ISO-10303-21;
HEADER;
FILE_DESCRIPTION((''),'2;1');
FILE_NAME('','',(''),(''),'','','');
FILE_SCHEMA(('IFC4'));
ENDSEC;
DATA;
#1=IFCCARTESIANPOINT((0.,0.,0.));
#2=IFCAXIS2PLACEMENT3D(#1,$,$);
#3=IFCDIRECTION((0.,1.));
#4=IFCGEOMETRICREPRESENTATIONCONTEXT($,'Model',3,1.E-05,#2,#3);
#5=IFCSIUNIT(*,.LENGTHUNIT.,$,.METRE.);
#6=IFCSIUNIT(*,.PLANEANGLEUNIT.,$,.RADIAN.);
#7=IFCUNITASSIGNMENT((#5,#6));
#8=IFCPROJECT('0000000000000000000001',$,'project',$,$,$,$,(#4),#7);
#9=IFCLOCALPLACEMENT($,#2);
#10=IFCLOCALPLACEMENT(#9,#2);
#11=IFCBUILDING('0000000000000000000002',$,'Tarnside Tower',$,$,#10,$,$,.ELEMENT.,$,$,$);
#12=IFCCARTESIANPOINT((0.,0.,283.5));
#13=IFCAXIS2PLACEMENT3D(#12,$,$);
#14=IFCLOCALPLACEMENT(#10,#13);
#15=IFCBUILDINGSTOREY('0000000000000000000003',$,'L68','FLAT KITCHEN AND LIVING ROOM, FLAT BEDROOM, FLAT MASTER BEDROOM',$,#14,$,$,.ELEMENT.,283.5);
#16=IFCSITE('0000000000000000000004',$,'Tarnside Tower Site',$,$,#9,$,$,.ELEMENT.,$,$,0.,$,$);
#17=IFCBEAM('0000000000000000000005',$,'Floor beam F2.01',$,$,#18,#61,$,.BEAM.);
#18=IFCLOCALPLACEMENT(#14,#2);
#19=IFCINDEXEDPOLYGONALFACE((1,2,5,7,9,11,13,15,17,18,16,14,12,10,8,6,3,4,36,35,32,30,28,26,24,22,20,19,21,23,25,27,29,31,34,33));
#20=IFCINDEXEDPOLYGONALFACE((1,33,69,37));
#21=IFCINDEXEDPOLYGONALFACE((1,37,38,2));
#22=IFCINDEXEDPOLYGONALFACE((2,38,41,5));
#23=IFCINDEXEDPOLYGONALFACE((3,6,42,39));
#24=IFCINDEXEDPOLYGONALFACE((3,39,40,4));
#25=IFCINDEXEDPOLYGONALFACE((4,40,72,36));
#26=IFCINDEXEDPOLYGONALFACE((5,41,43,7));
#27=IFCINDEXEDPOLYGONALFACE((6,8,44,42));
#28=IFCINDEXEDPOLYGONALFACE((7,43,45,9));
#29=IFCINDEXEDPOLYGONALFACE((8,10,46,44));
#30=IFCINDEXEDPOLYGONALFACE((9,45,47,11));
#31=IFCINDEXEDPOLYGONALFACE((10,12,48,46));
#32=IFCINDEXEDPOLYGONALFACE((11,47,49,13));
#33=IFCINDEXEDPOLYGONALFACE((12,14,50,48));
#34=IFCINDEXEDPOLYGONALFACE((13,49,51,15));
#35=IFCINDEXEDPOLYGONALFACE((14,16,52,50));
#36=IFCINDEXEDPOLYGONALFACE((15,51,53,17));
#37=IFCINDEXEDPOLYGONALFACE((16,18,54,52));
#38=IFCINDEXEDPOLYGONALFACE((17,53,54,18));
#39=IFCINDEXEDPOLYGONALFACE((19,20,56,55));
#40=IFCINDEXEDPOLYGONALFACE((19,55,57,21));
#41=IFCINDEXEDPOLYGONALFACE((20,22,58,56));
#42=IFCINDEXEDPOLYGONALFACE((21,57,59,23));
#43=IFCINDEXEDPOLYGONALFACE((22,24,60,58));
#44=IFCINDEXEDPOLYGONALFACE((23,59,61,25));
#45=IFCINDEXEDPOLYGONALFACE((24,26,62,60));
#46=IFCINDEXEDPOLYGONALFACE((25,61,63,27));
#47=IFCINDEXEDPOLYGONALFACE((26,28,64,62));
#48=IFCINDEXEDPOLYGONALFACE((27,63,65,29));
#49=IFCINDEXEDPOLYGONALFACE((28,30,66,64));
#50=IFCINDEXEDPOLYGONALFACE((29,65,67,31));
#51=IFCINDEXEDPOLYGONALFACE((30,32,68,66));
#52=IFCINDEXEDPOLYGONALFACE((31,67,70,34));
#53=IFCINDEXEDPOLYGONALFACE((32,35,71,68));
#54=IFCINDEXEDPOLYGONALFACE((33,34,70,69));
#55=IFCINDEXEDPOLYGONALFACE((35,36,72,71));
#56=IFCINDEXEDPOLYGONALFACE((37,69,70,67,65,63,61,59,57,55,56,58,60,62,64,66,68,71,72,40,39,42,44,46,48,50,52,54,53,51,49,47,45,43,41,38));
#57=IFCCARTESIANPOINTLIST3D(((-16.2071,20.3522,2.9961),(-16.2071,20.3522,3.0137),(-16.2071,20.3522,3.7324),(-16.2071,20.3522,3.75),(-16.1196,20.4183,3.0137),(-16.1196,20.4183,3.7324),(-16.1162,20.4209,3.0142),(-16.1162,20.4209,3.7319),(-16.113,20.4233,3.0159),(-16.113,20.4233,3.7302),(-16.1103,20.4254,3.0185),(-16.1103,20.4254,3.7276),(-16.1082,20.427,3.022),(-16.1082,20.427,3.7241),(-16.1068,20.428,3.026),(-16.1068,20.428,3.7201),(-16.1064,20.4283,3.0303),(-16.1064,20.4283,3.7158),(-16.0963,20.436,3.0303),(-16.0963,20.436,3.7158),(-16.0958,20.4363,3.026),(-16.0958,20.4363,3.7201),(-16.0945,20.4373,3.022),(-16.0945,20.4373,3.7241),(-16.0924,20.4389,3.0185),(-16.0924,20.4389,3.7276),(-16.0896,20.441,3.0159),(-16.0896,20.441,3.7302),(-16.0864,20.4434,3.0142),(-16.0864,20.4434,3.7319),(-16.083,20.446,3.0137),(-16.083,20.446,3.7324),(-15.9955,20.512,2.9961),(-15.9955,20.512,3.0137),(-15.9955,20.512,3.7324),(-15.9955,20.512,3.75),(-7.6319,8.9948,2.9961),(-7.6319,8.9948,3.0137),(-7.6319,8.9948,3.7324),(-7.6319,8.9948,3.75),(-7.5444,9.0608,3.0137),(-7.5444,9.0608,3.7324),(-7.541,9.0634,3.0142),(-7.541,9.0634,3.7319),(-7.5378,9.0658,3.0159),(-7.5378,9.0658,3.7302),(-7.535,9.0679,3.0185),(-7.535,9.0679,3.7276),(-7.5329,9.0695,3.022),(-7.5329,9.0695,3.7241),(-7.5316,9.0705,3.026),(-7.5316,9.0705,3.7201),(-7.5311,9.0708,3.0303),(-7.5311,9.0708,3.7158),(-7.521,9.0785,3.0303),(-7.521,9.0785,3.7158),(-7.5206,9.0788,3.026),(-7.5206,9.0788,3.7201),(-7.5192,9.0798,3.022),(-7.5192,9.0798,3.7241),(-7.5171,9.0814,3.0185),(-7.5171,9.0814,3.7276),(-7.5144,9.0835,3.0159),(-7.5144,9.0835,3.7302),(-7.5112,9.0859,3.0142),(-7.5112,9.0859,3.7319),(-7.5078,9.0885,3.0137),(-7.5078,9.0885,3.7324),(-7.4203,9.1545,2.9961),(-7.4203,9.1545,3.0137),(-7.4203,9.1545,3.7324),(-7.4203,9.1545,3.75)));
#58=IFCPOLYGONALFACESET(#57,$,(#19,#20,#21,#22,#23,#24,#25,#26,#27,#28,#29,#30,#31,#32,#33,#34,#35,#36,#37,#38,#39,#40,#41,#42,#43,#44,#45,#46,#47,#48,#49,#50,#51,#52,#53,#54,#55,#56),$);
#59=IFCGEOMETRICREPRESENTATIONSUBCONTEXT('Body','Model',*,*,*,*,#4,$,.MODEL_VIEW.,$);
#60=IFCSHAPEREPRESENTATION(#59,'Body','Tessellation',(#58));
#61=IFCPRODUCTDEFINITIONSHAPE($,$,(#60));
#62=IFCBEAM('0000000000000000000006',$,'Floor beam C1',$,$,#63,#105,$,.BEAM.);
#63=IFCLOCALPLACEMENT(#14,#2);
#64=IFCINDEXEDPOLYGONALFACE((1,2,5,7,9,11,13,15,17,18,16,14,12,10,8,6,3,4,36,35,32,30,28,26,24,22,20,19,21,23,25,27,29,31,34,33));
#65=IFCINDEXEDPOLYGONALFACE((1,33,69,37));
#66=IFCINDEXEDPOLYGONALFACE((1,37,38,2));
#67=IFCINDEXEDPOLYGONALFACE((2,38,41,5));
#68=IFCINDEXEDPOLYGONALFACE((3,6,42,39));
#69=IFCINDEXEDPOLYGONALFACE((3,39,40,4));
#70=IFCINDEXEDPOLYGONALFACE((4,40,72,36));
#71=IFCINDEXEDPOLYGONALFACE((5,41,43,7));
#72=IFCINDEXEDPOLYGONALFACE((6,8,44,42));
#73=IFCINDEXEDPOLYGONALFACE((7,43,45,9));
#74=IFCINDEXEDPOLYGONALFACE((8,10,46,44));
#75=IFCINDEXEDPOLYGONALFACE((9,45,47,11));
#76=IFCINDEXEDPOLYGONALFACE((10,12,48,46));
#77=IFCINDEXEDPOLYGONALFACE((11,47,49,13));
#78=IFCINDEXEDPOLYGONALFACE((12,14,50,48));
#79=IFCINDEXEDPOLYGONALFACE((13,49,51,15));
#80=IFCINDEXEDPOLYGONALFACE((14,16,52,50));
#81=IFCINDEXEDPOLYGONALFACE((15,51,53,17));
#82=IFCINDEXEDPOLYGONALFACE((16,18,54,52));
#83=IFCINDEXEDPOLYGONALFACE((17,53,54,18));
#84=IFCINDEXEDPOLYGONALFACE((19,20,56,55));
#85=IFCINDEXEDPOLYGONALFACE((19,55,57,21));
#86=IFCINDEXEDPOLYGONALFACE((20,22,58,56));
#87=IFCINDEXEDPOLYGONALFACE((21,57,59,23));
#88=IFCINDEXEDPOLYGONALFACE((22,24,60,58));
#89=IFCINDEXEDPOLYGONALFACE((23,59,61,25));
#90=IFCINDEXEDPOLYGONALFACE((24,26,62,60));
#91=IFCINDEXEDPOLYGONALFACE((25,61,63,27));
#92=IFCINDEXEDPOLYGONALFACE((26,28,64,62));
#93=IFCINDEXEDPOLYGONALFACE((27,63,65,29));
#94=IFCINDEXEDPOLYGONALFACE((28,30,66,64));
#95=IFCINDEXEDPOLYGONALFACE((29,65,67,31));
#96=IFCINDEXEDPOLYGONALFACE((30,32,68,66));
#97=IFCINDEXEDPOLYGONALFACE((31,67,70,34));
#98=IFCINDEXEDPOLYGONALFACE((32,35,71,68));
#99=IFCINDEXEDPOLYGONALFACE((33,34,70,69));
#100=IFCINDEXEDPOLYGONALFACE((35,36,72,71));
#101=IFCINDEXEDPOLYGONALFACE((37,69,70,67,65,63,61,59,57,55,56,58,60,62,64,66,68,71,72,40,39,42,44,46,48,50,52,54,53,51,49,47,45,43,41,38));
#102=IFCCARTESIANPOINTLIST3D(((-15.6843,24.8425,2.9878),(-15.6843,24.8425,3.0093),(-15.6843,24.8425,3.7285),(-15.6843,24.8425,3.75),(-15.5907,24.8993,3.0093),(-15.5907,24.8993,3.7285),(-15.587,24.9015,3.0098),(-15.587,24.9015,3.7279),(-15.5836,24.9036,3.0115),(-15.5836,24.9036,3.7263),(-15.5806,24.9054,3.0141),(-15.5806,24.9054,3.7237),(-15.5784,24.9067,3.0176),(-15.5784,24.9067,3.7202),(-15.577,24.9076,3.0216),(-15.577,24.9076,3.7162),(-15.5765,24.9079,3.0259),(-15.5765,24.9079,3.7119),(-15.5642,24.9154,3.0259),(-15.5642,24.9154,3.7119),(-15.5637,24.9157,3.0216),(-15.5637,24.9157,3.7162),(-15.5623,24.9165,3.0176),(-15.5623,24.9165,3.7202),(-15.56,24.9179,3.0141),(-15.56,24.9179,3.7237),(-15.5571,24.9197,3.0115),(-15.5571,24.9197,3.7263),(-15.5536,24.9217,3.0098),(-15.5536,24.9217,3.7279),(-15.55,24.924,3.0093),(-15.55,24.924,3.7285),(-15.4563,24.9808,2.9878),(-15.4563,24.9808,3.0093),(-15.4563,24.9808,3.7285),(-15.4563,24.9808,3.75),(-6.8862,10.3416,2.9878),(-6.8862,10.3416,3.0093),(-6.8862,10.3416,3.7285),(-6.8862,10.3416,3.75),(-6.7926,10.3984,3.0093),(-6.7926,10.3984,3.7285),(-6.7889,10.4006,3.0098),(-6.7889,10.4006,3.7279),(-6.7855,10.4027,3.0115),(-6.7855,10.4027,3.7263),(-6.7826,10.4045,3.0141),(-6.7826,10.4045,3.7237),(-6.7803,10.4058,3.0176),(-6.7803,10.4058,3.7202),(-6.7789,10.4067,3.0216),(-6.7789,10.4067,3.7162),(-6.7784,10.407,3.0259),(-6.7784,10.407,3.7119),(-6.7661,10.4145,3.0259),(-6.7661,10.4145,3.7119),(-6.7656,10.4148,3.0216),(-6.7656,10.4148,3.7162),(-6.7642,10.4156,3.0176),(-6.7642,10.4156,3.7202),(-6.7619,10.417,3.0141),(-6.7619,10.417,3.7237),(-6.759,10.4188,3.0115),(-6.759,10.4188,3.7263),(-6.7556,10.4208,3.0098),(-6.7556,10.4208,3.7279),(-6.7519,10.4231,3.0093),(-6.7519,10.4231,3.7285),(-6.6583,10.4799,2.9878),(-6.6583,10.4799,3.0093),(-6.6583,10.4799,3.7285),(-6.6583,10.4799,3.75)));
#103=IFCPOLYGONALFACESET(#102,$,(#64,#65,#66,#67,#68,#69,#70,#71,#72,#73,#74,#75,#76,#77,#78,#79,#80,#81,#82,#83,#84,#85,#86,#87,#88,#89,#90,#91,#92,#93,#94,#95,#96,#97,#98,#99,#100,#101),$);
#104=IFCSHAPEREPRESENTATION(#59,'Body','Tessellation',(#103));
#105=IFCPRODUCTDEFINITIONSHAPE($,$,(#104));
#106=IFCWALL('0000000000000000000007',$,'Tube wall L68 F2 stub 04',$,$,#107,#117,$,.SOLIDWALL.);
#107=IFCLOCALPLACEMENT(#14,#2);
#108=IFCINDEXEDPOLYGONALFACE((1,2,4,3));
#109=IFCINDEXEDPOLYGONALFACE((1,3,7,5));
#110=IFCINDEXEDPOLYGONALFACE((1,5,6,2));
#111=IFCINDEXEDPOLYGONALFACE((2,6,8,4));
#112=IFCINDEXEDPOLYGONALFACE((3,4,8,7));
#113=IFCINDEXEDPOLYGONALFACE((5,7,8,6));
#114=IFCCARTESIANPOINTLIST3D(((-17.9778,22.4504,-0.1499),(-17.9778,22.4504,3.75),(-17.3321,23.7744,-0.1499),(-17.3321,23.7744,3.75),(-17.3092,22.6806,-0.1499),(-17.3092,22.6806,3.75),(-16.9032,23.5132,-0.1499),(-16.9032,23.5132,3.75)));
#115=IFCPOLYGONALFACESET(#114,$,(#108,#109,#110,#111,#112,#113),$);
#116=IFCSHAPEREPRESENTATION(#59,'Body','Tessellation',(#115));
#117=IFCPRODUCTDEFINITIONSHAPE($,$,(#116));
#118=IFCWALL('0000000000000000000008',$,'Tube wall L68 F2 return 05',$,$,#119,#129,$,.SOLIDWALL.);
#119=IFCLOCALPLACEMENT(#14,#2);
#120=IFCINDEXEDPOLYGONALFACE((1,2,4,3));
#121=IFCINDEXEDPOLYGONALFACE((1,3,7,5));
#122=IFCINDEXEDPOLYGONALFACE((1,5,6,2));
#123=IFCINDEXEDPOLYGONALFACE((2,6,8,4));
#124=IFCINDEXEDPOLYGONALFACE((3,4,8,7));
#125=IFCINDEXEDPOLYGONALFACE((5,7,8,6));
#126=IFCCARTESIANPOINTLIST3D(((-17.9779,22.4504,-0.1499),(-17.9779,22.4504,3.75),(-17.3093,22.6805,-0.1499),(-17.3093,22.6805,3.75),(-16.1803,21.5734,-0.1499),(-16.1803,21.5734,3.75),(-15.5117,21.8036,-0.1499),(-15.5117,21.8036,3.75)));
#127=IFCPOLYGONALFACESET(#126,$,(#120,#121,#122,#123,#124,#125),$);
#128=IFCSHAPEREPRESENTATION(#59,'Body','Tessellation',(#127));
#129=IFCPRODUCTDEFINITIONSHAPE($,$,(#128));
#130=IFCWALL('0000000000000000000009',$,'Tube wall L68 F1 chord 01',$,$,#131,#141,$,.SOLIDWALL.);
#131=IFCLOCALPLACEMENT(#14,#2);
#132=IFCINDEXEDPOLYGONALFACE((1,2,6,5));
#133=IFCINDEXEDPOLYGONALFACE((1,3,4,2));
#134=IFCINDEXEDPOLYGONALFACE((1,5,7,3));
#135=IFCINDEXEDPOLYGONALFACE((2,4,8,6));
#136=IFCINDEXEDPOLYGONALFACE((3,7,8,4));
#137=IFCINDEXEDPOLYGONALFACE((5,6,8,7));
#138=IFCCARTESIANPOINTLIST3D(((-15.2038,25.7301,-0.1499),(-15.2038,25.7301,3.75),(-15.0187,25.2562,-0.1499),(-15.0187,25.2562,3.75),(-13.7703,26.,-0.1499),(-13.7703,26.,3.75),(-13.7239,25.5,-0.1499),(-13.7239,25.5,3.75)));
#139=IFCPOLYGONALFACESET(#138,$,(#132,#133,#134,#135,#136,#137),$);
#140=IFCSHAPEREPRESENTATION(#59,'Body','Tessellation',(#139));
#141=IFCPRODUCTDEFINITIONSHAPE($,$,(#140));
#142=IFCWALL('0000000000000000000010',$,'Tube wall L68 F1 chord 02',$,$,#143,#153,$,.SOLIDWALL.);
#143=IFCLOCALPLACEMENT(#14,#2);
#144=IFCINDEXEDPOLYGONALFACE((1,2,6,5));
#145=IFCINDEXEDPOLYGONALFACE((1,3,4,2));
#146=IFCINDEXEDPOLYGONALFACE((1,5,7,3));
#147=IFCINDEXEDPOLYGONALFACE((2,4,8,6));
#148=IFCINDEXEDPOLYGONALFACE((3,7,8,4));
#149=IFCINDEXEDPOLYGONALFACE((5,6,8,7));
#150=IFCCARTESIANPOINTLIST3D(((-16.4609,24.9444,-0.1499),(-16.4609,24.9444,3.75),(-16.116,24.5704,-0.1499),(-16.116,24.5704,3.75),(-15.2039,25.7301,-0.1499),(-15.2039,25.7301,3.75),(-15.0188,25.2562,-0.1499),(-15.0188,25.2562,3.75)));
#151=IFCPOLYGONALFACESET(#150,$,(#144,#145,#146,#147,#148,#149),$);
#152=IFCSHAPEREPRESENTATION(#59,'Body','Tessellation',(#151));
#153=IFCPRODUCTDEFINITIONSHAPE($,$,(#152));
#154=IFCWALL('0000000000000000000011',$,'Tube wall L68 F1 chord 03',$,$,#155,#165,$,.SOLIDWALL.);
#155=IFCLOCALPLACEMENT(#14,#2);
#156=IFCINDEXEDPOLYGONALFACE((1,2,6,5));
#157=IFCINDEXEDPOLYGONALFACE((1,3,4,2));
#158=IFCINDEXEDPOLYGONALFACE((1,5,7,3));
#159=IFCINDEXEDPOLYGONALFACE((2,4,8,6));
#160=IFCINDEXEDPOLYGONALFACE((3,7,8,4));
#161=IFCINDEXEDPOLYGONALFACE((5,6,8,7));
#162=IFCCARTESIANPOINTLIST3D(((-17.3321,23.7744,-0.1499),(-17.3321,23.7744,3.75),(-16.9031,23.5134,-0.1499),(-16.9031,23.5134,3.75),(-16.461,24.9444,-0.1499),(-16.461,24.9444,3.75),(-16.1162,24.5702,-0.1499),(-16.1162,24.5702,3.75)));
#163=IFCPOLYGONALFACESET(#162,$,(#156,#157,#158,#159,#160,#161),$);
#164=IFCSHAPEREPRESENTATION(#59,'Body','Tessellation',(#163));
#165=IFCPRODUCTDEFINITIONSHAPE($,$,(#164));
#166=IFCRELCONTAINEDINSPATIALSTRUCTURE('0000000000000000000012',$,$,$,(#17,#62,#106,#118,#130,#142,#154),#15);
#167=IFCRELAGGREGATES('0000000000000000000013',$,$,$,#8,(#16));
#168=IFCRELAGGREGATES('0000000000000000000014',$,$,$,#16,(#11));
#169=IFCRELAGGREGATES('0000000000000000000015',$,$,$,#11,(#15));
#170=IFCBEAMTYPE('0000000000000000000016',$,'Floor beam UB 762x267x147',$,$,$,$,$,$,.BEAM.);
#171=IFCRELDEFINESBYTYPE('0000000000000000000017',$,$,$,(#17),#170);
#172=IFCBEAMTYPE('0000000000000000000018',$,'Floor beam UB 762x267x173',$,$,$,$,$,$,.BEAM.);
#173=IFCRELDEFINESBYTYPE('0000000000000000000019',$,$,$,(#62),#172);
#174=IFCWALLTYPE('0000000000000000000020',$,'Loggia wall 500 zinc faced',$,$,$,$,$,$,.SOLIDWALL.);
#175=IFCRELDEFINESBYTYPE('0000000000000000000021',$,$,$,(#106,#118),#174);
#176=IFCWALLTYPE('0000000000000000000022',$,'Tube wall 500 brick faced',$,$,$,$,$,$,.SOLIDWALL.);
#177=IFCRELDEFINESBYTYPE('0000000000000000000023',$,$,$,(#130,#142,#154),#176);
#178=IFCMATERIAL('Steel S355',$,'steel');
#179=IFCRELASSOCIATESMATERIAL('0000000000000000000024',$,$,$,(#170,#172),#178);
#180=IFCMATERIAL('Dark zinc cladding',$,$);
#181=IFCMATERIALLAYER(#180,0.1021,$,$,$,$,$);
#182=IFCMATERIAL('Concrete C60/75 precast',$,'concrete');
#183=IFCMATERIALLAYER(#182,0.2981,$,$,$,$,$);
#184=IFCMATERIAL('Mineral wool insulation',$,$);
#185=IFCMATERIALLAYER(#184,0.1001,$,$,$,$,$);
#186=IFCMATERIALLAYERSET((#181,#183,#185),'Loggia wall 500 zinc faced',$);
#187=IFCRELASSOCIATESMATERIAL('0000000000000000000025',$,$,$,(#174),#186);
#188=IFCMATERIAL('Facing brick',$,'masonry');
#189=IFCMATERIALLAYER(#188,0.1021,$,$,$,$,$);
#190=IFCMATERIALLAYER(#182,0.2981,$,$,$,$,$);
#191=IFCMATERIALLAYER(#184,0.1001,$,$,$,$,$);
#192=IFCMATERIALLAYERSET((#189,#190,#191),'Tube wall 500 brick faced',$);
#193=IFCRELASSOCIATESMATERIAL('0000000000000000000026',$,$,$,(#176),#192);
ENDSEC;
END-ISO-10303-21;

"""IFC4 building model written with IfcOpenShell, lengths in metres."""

from ifc_helpers import new_model, si_unit, direction, frame, origin, origin_2d, place, context, subcontext, project, spatial, polyline, i_section, outline, extrude, material, layer, layer_set, material_profile, profile_set, type_object, element, save


model = new_model("IFC4")

# Units and contexts
model_context = context("Model", 3, precision=1e-05, world=origin(), true_north=direction((0.0, 1.0)))
body_context = subcontext(model_context, "Body", "Model", "MODEL_VIEW")
ifc_project = project(units=[si_unit("LENGTHUNIT", "METRE"), si_unit("PLANEANGLEUNIT", "RADIAN")], contexts=[model_context])

# Site, building, storey
site_placement = place(None, origin())
site = spatial("IfcSite", under=ifc_project, at=site_placement, Name="Tarnside Tower Site", CompositionType="ELEMENT", RefElevation=0.0)
building_placement = place(site_placement, origin())
building = spatial("IfcBuilding", under=site, at=building_placement, Name="Tarnside Tower", CompositionType="ELEMENT")
storey_placement = place(building_placement, frame((0.0, 0.0, 283.5)))
storey = spatial("IfcBuildingStorey", under=building, at=storey_placement, Name="L68", Description="FLAT KITCHEN AND LIVING ROOM, FLAT BEDROOM, FLAT MASTER BEDROOM", CompositionType="ELEMENT", Elevation=283.5)

# Beams
ifc_material_1 = material(Name="Steel S355", Category="steel")
ifc_material_profile_1 = material_profile(ifc_material_1, i_section(OverallWidth=0.2651, OverallDepth=0.7539, WebThickness=0.0127, FlangeThickness=0.0176, FilletRadius=0.0166, at=origin_2d()), Name="UB 762x267x147")
ifc_profile_set_1 = profile_set([ifc_material_profile_1], Name="Steel S355")
beam_type_1 = type_object("IfcBeamType", Name="Floor beam UB 762x267x147", PredefinedType="BEAM", material=ifc_profile_set_1)
beam_1_placement = place(storey_placement, frame((-16.1013, 20.4321, 3.373), z_axis=(0.602566, -0.798069, 0.0), x_axis=(0.798069, 0.602566, 0.0)))
element("IfcBeam", 1, at=beam_1_placement, inside=storey, type_object=beam_type_1, Name="Floor beam F2.01", PredefinedType="BEAM", context=body_context, shape_type="SweptSolid", body=[
    extrude(i_section(OverallWidth=0.2651, OverallDepth=0.7539, WebThickness=0.0127, FlangeThickness=0.0176, FilletRadius=0.0166, at=origin_2d()), origin(), (0.0, 0.0, 1.0), 14.2312),
])
ifc_material_profile_2 = material_profile(ifc_material_1, i_section(OverallWidth=0.2666, OverallDepth=0.7622, WebThickness=0.0144, FlangeThickness=0.0215, FilletRadius=0.0166, at=origin_2d()), Name="UB 762x267x173")
ifc_profile_set_2 = profile_set([ifc_material_profile_2], Name="Steel S355")
beam_type_2 = type_object("IfcBeamType", Name="Floor beam UB 762x267x173", PredefinedType="BEAM", material=ifc_profile_set_2)
beam_2_placement = place(storey_placement, frame((-15.5703, 24.9116, 3.3689), z_axis=(0.518717, -0.854946, 0.0), x_axis=(0.854946, 0.518717, 0.0)))
element("IfcBeam", 2, at=beam_2_placement, inside=storey, type_object=beam_type_2, Name="Floor beam C1", PredefinedType="BEAM", context=body_context, shape_type="SweptSolid", body=[
    extrude(i_section(OverallWidth=0.2666, OverallDepth=0.7622, WebThickness=0.0144, FlangeThickness=0.0215, FilletRadius=0.0166, at=origin_2d()), origin(), (0.0, 0.0, 1.0), 16.9612),
])

# Walls
ifc_material_2 = material(Name="Dark zinc cladding")
ifc_layer_1 = layer(ifc_material_2, 0.1021)
ifc_material_3 = material(Name="Concrete C60/75 precast", Category="concrete")
ifc_layer_2 = layer(ifc_material_3, 0.2981)
ifc_material_4 = material(Name="Mineral wool insulation")
ifc_layer_3 = layer(ifc_material_4, 0.1001)
ifc_layer_set_1 = layer_set([ifc_layer_1, ifc_layer_2, ifc_layer_3], Name="Loggia wall 500 zinc faced")
wall_type_1 = type_object("IfcWallType", Name="Loggia wall 500 zinc faced", PredefinedType="SOLIDWALL", material=ifc_layer_set_1)
wall_1_placement = place(storey_placement, frame((-17.1177, 23.6438, -0.1499), z_axis=(0.0, 0.0, 1.0), x_axis=(-0.438319, -0.898819, 0.0)))
element("IfcWall", 3, at=wall_1_placement, inside=storey, type_object=wall_type_1, Name="Tube wall L68 F2 stub 04", PredefinedType="SOLIDWALL", context=body_context, shape_type="SweptSolid", body=[
    extrude(outline(polyline([(-0.0234, -0.25), (1.4497, -0.25), (0.9497, 0.25), (0.0234, 0.25), (-0.0234, -0.25)])), origin(), (0.0, 0.0, 1.0), 3.8999),
])
wall_2_placement = place(storey_placement, frame((-17.6436, 22.5654, -0.1499), z_axis=(0.0, 0.0, 1.0), x_axis=(0.898754, -0.438452, 0.0)))
element("IfcWall", 4, at=wall_2_placement, inside=storey, type_object=wall_type_1, Name="Tube wall L68 F2 return 05", PredefinedType="SOLIDWALL", context=body_context, shape_type="SweptSolid", body=[
    extrude(outline(polyline([(-0.25, -0.25), (1.75, -0.25), (2.25, 0.25), (0.25, 0.25), (-0.25, -0.25)])), origin(), (0.0, 0.0, 1.0), 3.8999),
])

# Walls
ifc_material_5 = material(Name="Facing brick", Category="masonry")
ifc_layer_4 = layer(ifc_material_5, 0.1021)
ifc_layer_5 = layer(ifc_material_3, 0.2981)
ifc_layer_6 = layer(ifc_material_4, 0.1001)
ifc_layer_set_2 = layer_set([ifc_layer_4, ifc_layer_5, ifc_layer_6], Name="Tube wall 500 brick faced")
wall_type_2 = type_object("IfcWallType", Name="Tube wall 500 brick faced", PredefinedType="SOLIDWALL", material=ifc_layer_set_2)
wall_3_placement = place(storey_placement, frame((-13.7471, 25.75, -0.1499), z_axis=(0.0, 0.0, 1.0), x_axis=(-0.982737, -0.185011, 0.0)))
element("IfcWall", 5, at=wall_3_placement, inside=storey, type_object=wall_type_2, Name="Tube wall L68 F1 chord 01", PredefinedType="SOLIDWALL", context=body_context, shape_type="SweptSolid", body=[
    extrude(outline(polyline([(-0.0234, -0.25), (1.4353, -0.25), (1.3411, 0.25), (0.0234, 0.25), (-0.0234, -0.25)])), origin(), (0.0, 0.0, 1.0), 3.8999),
])
wall_4_placement = place(storey_placement, frame((-15.1113, 25.4932, -0.1499), z_axis=(0.0, 0.0, 1.0), x_axis=(-0.847979, -0.530031, 0.0)))
element("IfcWall", 6, at=wall_4_placement, inside=storey, type_object=wall_type_2, Name="Tube wall L68 F1 chord 02", PredefinedType="SOLIDWALL", context=body_context, shape_type="SweptSolid", body=[
    extrude(outline(polyline([(-0.0471, -0.25), (1.4353, -0.25), (1.3411, 0.25), (0.0471, 0.25), (-0.0471, -0.25)])), origin(), (0.0, 0.0, 1.0), 3.8999),
])
wall_5_placement = place(storey_placement, frame((-16.2886, 24.7573, -0.1499), z_axis=(0.0, 0.0, 1.0), x_axis=(-0.597211, -0.802084, 0.0)))
element("IfcWall", 7, at=wall_5_placement, inside=storey, type_object=wall_type_2, Name="Tube wall L68 F1 chord 03", PredefinedType="SOLIDWALL", context=body_context, shape_type="SweptSolid", body=[
    extrude(outline(polyline([(-0.0471, -0.25), (1.4116, -0.25), (1.3647, 0.25), (0.0471, 0.25), (-0.0471, -0.25)])), origin(), (0.0, 0.0, 1.0), 3.8999),
])

save(model, "model.ifc")
